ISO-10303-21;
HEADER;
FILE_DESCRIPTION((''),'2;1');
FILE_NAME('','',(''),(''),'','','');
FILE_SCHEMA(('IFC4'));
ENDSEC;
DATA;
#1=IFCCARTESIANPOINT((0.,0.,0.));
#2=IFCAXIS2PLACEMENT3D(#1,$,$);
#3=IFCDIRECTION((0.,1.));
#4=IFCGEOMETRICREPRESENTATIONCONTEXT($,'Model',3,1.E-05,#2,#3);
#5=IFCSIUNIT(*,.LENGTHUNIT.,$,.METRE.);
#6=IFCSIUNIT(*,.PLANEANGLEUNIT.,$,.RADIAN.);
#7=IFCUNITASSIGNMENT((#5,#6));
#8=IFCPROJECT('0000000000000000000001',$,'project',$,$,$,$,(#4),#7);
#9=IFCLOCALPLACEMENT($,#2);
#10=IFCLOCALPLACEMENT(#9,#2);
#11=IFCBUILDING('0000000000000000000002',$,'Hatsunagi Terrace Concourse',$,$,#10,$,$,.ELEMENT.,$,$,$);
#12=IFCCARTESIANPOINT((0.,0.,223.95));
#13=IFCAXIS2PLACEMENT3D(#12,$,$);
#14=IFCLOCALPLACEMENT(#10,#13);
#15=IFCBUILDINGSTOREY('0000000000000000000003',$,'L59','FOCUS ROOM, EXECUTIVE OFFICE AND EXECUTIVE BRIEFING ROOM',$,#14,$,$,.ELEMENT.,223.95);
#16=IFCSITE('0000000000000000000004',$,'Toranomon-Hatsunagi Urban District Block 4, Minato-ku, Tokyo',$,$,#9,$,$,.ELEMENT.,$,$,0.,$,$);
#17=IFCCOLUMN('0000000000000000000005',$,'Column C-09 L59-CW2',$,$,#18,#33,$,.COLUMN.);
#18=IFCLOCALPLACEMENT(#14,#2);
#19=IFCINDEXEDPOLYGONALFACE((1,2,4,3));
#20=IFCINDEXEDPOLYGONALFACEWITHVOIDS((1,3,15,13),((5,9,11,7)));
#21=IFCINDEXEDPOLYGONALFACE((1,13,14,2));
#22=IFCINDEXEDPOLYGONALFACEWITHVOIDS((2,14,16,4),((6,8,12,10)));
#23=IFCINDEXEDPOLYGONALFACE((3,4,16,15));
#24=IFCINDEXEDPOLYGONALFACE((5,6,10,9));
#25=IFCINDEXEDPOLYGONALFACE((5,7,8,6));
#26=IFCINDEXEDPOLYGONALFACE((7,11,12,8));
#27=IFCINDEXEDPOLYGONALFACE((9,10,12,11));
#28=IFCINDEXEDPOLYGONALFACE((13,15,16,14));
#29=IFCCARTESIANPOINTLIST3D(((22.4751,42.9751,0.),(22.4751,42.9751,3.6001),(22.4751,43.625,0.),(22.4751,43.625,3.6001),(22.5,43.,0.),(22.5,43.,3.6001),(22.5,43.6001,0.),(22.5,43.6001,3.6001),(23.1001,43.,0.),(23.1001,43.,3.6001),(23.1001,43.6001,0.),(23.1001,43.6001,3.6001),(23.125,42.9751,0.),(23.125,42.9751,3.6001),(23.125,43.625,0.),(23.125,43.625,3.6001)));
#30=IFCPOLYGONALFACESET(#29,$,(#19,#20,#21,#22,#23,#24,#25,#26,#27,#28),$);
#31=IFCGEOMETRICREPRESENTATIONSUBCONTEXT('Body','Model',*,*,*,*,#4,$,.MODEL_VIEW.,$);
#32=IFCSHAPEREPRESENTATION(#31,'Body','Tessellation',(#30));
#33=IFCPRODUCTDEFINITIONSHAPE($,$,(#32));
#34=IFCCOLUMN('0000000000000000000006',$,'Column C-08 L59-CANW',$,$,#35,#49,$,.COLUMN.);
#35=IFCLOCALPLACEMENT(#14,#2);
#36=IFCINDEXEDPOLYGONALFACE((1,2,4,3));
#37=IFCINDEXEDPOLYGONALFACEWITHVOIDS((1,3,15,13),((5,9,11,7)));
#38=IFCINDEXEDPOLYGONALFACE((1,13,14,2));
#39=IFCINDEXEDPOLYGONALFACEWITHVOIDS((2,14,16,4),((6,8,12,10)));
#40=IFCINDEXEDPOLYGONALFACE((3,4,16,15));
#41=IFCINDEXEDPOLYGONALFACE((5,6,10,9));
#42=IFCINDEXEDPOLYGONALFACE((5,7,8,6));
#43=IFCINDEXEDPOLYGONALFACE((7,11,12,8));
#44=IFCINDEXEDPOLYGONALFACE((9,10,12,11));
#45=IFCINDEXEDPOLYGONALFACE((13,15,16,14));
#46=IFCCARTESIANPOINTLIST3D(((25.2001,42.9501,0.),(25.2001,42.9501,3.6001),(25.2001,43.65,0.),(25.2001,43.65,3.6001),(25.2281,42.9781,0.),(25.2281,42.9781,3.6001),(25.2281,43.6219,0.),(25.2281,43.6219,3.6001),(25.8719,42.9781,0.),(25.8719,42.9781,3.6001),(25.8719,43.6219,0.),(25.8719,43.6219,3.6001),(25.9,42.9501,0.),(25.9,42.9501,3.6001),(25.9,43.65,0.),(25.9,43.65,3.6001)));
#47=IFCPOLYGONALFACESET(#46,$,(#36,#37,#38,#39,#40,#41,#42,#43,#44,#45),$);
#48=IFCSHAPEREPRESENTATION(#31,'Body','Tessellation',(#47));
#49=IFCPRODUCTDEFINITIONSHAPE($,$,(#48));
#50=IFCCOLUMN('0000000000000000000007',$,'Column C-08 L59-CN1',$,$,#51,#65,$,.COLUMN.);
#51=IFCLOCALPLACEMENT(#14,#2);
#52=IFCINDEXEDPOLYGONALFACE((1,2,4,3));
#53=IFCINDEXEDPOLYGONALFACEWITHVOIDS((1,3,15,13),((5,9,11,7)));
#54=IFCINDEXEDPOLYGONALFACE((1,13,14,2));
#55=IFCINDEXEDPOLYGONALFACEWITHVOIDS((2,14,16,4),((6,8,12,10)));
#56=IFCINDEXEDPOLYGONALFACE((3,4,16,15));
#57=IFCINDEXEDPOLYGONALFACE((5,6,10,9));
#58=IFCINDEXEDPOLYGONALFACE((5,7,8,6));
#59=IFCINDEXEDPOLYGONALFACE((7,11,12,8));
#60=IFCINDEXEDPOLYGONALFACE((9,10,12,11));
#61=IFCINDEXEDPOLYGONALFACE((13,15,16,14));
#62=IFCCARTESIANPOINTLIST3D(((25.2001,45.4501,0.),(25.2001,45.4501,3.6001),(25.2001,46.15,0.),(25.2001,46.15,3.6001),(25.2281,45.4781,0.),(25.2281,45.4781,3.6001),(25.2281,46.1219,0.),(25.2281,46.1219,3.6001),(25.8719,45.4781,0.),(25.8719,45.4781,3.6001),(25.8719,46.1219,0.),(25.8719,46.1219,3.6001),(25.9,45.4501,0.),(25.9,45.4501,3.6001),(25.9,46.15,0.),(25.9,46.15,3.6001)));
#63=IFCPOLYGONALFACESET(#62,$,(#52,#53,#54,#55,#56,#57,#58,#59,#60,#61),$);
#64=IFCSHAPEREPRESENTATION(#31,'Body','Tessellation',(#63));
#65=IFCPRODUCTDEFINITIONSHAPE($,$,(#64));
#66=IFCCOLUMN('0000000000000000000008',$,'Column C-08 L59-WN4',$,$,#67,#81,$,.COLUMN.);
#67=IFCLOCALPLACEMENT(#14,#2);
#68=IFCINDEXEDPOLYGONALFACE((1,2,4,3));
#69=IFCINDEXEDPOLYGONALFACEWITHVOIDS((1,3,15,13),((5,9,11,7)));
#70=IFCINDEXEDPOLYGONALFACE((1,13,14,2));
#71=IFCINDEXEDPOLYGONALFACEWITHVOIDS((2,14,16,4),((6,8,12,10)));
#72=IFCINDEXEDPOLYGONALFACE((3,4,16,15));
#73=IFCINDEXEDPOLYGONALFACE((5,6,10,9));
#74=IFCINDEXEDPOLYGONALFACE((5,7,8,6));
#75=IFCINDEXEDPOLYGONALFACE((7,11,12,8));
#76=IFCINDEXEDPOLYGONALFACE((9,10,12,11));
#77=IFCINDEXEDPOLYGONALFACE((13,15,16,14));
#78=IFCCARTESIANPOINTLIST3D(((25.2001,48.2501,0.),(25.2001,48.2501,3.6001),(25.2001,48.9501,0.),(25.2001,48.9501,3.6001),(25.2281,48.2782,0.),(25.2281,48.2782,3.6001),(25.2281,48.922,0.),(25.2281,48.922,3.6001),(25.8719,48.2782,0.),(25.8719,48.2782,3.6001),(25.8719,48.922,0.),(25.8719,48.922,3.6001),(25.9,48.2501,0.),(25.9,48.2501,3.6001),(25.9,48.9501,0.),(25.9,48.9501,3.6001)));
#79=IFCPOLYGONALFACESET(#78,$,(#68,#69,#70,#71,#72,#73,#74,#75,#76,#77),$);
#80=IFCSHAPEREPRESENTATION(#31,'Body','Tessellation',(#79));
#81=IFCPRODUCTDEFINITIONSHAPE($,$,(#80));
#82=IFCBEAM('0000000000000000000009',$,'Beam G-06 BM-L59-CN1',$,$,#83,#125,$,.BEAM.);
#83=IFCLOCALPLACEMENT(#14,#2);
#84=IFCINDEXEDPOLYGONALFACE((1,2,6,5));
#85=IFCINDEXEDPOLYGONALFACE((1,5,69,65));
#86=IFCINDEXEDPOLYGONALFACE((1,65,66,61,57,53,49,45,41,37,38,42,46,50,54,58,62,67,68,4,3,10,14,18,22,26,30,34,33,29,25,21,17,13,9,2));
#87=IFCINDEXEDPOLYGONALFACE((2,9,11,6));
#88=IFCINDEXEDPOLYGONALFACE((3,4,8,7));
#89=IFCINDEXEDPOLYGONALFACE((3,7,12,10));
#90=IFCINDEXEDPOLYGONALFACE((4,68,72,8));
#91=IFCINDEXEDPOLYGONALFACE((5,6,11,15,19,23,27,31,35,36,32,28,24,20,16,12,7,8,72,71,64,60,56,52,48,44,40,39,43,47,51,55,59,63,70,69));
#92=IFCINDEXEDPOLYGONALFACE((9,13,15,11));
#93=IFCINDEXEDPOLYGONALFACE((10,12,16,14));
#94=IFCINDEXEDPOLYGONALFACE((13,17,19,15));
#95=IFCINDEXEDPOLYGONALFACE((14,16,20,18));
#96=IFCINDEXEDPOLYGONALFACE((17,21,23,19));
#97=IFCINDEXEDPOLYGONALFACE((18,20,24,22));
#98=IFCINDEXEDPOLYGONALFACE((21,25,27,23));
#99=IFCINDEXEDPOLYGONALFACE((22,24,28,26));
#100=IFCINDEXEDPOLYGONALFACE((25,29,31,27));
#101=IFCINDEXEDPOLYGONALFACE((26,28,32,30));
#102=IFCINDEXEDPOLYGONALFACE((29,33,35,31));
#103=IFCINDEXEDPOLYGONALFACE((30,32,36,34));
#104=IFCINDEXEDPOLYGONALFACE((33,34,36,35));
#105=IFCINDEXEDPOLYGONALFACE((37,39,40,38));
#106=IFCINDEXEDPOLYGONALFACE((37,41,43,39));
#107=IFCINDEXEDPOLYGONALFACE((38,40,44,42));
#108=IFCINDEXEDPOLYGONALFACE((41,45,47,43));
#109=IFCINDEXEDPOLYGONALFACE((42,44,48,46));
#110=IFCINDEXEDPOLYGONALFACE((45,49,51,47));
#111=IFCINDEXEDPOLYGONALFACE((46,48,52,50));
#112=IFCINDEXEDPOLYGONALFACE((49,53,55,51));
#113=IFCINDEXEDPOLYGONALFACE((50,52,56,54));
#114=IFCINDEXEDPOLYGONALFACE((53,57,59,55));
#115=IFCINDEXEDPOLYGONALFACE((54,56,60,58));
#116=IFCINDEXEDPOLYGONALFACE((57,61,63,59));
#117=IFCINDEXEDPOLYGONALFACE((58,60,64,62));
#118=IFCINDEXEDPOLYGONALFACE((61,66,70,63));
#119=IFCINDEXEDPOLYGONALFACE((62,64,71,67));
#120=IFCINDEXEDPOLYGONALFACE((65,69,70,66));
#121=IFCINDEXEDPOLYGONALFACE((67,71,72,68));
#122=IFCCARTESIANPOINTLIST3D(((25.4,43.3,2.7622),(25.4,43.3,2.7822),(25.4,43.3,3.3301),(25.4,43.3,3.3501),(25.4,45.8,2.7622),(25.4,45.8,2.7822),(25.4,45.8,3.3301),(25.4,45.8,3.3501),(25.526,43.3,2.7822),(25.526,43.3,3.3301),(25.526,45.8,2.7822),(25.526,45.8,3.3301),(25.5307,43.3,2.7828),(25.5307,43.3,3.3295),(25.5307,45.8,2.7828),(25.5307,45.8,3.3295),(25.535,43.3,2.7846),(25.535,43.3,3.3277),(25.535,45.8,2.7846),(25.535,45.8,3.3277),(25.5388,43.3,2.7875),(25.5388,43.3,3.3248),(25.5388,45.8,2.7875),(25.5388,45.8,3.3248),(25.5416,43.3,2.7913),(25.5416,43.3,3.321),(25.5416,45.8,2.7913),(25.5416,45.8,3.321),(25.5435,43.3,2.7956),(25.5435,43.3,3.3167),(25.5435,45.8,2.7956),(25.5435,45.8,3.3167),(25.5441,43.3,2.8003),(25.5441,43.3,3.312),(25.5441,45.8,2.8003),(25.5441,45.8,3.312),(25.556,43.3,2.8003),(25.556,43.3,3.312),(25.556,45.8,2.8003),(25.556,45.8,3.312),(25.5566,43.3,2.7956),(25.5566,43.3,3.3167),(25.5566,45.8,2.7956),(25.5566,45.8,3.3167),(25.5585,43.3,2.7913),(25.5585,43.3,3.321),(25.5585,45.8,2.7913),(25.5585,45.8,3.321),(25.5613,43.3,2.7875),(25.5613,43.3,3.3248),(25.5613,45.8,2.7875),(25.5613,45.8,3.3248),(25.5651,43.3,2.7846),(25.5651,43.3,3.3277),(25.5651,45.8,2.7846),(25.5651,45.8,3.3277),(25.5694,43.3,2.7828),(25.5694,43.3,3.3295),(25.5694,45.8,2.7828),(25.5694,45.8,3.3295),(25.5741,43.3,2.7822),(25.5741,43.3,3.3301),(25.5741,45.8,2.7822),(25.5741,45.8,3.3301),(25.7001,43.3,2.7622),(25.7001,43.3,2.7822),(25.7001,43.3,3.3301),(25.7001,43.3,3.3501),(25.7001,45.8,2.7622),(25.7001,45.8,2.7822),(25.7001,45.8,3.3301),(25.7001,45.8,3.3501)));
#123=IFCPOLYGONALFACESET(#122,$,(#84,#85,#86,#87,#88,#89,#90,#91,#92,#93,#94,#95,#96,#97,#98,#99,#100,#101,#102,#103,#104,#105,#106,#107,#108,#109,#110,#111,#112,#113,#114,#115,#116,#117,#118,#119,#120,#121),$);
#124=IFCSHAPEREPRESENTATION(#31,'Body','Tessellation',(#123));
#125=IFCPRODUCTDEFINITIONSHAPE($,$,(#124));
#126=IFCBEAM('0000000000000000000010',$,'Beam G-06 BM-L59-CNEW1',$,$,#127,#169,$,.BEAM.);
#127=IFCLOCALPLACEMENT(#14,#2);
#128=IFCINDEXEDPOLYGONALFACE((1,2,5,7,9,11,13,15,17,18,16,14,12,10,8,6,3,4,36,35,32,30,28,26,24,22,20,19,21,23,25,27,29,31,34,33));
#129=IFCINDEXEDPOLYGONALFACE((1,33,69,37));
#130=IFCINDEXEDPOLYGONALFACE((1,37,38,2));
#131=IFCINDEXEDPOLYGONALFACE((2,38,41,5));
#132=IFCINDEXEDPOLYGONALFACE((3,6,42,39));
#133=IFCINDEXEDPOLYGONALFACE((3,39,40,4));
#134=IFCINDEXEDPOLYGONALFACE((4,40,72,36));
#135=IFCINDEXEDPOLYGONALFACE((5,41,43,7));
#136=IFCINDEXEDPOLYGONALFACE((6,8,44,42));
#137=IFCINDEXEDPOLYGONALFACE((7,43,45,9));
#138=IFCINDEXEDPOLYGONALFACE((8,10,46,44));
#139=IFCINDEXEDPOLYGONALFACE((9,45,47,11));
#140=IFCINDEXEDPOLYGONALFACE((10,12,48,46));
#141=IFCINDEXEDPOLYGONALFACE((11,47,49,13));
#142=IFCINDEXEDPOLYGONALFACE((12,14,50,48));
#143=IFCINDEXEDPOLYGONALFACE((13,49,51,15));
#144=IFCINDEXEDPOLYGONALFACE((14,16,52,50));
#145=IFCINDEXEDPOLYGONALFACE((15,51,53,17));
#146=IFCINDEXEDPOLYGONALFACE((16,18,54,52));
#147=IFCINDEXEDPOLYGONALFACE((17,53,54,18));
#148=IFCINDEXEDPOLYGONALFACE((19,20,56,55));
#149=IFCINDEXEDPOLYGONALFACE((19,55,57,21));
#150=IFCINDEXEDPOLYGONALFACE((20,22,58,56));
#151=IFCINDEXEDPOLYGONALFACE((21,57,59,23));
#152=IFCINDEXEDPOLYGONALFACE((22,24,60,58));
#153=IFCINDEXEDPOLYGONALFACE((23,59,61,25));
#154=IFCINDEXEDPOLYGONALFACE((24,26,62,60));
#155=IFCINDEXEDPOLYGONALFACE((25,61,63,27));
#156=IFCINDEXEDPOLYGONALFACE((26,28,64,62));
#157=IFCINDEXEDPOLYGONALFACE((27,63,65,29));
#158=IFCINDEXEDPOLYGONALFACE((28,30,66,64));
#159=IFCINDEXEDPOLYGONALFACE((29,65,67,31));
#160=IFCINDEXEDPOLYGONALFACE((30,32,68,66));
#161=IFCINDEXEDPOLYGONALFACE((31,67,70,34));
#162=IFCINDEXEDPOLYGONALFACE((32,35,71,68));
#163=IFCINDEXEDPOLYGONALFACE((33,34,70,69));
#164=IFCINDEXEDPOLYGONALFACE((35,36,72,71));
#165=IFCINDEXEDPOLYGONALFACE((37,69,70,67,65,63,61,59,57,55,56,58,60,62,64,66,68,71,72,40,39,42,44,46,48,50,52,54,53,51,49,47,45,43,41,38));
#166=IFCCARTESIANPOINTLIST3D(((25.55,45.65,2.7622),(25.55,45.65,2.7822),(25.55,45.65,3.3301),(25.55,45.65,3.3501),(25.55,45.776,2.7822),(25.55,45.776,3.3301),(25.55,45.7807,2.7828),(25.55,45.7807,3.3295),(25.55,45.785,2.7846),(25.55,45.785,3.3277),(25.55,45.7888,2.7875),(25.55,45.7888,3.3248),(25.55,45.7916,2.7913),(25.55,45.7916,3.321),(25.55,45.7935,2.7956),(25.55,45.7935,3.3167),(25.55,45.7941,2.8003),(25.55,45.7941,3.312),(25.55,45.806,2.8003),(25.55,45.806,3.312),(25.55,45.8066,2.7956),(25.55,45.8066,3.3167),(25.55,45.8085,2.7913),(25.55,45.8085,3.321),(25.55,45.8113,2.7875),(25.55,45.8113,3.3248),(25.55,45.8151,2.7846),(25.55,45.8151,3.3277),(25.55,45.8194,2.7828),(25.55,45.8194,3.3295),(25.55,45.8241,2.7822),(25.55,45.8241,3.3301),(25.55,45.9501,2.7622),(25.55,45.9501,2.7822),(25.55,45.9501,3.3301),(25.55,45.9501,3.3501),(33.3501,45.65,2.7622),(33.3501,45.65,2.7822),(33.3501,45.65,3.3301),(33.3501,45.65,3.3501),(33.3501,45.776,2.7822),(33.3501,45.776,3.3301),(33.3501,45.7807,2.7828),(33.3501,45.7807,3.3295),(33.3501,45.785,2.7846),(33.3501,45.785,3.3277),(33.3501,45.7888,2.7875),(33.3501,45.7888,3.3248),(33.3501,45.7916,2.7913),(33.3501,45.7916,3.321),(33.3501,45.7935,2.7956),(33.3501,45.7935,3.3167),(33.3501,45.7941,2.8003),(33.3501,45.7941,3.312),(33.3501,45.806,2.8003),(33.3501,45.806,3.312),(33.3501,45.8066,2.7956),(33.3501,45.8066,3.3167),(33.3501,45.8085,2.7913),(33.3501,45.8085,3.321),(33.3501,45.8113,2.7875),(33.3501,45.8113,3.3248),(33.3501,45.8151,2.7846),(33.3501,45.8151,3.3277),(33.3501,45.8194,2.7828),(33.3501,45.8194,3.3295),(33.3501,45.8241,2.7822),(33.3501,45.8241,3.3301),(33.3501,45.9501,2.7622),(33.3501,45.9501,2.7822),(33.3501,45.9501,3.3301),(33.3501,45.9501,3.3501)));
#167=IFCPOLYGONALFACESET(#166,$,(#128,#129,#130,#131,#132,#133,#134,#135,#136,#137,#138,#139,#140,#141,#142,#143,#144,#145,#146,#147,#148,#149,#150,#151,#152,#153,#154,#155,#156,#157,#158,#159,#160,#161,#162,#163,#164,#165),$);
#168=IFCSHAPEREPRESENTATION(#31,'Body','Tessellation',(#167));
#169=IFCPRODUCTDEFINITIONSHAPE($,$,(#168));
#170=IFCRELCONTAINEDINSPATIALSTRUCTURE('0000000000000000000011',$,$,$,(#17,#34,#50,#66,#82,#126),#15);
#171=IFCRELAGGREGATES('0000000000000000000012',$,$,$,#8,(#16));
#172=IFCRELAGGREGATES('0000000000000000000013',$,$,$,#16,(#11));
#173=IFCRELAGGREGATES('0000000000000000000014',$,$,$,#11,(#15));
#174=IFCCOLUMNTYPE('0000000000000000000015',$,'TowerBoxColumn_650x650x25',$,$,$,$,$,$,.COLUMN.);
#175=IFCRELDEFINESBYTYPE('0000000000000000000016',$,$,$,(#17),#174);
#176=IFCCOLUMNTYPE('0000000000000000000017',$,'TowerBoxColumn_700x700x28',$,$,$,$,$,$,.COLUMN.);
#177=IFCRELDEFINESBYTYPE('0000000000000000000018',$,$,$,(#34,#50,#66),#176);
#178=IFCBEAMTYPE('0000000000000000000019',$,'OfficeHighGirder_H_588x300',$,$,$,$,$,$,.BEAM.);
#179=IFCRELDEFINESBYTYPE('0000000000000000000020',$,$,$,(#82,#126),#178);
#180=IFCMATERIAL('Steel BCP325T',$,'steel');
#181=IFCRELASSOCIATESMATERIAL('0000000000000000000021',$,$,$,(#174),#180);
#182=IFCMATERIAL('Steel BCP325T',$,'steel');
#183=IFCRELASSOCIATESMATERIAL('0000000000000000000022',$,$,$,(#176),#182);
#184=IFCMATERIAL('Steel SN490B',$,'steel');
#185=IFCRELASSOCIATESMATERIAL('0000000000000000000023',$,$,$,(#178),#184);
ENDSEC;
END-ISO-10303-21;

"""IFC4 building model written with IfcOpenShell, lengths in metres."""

from ifc_helpers import new_model, si_unit, direction, frame, origin, origin_2d, place, context, subcontext, project, spatial, hollow_rectangle, i_section, extrude, material, material_profile, profile_set, type_object, element, save


model = new_model("IFC4")

# Units and contexts
model_context = context("Model", 3, precision=1e-05, world=origin(), true_north=direction((0.0, 1.0)))
body_context = subcontext(model_context, "Body", "Model", "MODEL_VIEW")
ifc_project = project(units=[si_unit("LENGTHUNIT", "METRE"), si_unit("PLANEANGLEUNIT", "RADIAN")], contexts=[model_context])

# Site, building, storey
site_placement = place(None, origin())
site = spatial("IfcSite", under=ifc_project, at=site_placement, Name="Toranomon-Hatsunagi Urban District Block 4, Minato-ku, Tokyo", CompositionType="ELEMENT", RefElevation=0.0)
building_placement = place(site_placement, origin())
building = spatial("IfcBuilding", under=site, at=building_placement, Name="Hatsunagi Terrace Concourse", CompositionType="ELEMENT")
storey_placement = place(building_placement, frame((0.0, 0.0, 223.95)))
storey = spatial("IfcBuildingStorey", under=building, at=storey_placement, Name="L59", Description="FOCUS ROOM, EXECUTIVE OFFICE AND EXECUTIVE BRIEFING ROOM", CompositionType="ELEMENT", Elevation=223.95)

# Columns
ifc_material_1 = material(Name="Steel BCP325T", Category="steel")
ifc_material_profile_1 = material_profile(ifc_material_1, hollow_rectangle(XDim=0.6499, YDim=0.6499, WallThickness=0.0249, at=origin_2d()), Name="BCP-650x650x25")
ifc_profile_set_1 = profile_set([ifc_material_profile_1], Name="Steel BCP325T")
column_type_1 = type_object("IfcColumnType", Name="TowerBoxColumn_650x650x25", PredefinedType="COLUMN", material=ifc_profile_set_1)
column_placement = place(storey_placement, frame((22.8, 43.3, 0.0), z_axis=(0.0, 0.0, 1.0), x_axis=(1.0, 0.0, 0.0)))
element("IfcColumn", 1, at=column_placement, inside=storey, type_object=column_type_1, Name="Column C-09 L59-CW2", PredefinedType="COLUMN", context=body_context, shape_type="SweptSolid", body=[
    extrude(hollow_rectangle(XDim=0.6499, YDim=0.6499, WallThickness=0.0249, at=origin_2d()), origin(), (0.0, 0.0, 1.0), 3.6001),
])
ifc_material_2 = material(Name="Steel BCP325T", Category="steel")
ifc_material_profile_2 = material_profile(ifc_material_2, hollow_rectangle(XDim=0.7, YDim=0.7, WallThickness=0.0281, at=origin_2d()), Name="BCP-700x700x28")
ifc_profile_set_2 = profile_set([ifc_material_profile_2], Name="Steel BCP325T")
column_type_2 = type_object("IfcColumnType", Name="TowerBoxColumn_700x700x28", PredefinedType="COLUMN", material=ifc_profile_set_2)
for number, where, z_axis, x_axis, name in (
    (2, (25.55, 43.3, 0.0), (0.0, 0.0, 1.0), (1.0, 0.0, 0.0), "Column C-08 L59-CANW"),
    (3, (25.55, 45.8, 0.0), (0.0, 0.0, 1.0), (1.0, 0.0, 0.0), "Column C-08 L59-CN1"),
    (4, (25.55, 48.6001, 0.0), (0.0, 0.0, 1.0), (1.0, 0.0, 0.0), "Column C-08 L59-WN4"),
):
    element("IfcColumn", number, at=place(storey_placement, frame(where, z_axis=z_axis, x_axis=x_axis)), inside=storey, type_object=column_type_2, Name=name, PredefinedType="COLUMN", context=body_context, shape_type="SweptSolid", body=[
        extrude(hollow_rectangle(XDim=0.7, YDim=0.7, WallThickness=0.0281, at=origin_2d()), origin(), (0.0, 0.0, 1.0), 3.6001),
    ])

# Beams
ifc_material_3 = material(Name="Steel SN490B", Category="steel")
ifc_material_profile_3 = material_profile(ifc_material_3, i_section(OverallWidth=0.3, OverallDepth=0.5879, WebThickness=0.012, FlangeThickness=0.02, FilletRadius=0.0181, at=origin_2d()), Name="H-588x300x12x20")
ifc_profile_set_3 = profile_set([ifc_material_profile_3], Name="Steel SN490B")
beam_type_1 = type_object("IfcBeamType", Name="OfficeHighGirder_H_588x300", PredefinedType="BEAM", material=ifc_profile_set_3)
beam_1_placement = place(storey_placement, frame((25.55, 43.3, 3.0562), z_axis=(0.0, 1.0, 0.0), x_axis=(-1.0, 0.0, 0.0)))
element("IfcBeam", 5, at=beam_1_placement, inside=storey, type_object=beam_type_1, Name="Beam G-06 BM-L59-CN1", PredefinedType="BEAM", context=body_context, shape_type="SweptSolid", body=[
    extrude(i_section(OverallWidth=0.3, OverallDepth=0.5879, WebThickness=0.012, FlangeThickness=0.02, FilletRadius=0.0181, at=origin_2d()), origin(), (0.0, 0.0, 1.0), 2.5),
])
beam_2_placement = place(storey_placement, frame((25.55, 45.8, 3.0562), z_axis=(1.0, 0.0, 0.0), x_axis=(0.0, 1.0, 0.0)))
element("IfcBeam", 6, at=beam_2_placement, inside=storey, type_object=beam_type_1, Name="Beam G-06 BM-L59-CNEW1", PredefinedType="BEAM", context=body_context, shape_type="SweptSolid", body=[
    extrude(i_section(OverallWidth=0.3, OverallDepth=0.5879, WebThickness=0.012, FlangeThickness=0.02, FilletRadius=0.0181, at=origin_2d()), origin(), (0.0, 0.0, 1.0), 7.8),
])

save(model, "model.ifc")
